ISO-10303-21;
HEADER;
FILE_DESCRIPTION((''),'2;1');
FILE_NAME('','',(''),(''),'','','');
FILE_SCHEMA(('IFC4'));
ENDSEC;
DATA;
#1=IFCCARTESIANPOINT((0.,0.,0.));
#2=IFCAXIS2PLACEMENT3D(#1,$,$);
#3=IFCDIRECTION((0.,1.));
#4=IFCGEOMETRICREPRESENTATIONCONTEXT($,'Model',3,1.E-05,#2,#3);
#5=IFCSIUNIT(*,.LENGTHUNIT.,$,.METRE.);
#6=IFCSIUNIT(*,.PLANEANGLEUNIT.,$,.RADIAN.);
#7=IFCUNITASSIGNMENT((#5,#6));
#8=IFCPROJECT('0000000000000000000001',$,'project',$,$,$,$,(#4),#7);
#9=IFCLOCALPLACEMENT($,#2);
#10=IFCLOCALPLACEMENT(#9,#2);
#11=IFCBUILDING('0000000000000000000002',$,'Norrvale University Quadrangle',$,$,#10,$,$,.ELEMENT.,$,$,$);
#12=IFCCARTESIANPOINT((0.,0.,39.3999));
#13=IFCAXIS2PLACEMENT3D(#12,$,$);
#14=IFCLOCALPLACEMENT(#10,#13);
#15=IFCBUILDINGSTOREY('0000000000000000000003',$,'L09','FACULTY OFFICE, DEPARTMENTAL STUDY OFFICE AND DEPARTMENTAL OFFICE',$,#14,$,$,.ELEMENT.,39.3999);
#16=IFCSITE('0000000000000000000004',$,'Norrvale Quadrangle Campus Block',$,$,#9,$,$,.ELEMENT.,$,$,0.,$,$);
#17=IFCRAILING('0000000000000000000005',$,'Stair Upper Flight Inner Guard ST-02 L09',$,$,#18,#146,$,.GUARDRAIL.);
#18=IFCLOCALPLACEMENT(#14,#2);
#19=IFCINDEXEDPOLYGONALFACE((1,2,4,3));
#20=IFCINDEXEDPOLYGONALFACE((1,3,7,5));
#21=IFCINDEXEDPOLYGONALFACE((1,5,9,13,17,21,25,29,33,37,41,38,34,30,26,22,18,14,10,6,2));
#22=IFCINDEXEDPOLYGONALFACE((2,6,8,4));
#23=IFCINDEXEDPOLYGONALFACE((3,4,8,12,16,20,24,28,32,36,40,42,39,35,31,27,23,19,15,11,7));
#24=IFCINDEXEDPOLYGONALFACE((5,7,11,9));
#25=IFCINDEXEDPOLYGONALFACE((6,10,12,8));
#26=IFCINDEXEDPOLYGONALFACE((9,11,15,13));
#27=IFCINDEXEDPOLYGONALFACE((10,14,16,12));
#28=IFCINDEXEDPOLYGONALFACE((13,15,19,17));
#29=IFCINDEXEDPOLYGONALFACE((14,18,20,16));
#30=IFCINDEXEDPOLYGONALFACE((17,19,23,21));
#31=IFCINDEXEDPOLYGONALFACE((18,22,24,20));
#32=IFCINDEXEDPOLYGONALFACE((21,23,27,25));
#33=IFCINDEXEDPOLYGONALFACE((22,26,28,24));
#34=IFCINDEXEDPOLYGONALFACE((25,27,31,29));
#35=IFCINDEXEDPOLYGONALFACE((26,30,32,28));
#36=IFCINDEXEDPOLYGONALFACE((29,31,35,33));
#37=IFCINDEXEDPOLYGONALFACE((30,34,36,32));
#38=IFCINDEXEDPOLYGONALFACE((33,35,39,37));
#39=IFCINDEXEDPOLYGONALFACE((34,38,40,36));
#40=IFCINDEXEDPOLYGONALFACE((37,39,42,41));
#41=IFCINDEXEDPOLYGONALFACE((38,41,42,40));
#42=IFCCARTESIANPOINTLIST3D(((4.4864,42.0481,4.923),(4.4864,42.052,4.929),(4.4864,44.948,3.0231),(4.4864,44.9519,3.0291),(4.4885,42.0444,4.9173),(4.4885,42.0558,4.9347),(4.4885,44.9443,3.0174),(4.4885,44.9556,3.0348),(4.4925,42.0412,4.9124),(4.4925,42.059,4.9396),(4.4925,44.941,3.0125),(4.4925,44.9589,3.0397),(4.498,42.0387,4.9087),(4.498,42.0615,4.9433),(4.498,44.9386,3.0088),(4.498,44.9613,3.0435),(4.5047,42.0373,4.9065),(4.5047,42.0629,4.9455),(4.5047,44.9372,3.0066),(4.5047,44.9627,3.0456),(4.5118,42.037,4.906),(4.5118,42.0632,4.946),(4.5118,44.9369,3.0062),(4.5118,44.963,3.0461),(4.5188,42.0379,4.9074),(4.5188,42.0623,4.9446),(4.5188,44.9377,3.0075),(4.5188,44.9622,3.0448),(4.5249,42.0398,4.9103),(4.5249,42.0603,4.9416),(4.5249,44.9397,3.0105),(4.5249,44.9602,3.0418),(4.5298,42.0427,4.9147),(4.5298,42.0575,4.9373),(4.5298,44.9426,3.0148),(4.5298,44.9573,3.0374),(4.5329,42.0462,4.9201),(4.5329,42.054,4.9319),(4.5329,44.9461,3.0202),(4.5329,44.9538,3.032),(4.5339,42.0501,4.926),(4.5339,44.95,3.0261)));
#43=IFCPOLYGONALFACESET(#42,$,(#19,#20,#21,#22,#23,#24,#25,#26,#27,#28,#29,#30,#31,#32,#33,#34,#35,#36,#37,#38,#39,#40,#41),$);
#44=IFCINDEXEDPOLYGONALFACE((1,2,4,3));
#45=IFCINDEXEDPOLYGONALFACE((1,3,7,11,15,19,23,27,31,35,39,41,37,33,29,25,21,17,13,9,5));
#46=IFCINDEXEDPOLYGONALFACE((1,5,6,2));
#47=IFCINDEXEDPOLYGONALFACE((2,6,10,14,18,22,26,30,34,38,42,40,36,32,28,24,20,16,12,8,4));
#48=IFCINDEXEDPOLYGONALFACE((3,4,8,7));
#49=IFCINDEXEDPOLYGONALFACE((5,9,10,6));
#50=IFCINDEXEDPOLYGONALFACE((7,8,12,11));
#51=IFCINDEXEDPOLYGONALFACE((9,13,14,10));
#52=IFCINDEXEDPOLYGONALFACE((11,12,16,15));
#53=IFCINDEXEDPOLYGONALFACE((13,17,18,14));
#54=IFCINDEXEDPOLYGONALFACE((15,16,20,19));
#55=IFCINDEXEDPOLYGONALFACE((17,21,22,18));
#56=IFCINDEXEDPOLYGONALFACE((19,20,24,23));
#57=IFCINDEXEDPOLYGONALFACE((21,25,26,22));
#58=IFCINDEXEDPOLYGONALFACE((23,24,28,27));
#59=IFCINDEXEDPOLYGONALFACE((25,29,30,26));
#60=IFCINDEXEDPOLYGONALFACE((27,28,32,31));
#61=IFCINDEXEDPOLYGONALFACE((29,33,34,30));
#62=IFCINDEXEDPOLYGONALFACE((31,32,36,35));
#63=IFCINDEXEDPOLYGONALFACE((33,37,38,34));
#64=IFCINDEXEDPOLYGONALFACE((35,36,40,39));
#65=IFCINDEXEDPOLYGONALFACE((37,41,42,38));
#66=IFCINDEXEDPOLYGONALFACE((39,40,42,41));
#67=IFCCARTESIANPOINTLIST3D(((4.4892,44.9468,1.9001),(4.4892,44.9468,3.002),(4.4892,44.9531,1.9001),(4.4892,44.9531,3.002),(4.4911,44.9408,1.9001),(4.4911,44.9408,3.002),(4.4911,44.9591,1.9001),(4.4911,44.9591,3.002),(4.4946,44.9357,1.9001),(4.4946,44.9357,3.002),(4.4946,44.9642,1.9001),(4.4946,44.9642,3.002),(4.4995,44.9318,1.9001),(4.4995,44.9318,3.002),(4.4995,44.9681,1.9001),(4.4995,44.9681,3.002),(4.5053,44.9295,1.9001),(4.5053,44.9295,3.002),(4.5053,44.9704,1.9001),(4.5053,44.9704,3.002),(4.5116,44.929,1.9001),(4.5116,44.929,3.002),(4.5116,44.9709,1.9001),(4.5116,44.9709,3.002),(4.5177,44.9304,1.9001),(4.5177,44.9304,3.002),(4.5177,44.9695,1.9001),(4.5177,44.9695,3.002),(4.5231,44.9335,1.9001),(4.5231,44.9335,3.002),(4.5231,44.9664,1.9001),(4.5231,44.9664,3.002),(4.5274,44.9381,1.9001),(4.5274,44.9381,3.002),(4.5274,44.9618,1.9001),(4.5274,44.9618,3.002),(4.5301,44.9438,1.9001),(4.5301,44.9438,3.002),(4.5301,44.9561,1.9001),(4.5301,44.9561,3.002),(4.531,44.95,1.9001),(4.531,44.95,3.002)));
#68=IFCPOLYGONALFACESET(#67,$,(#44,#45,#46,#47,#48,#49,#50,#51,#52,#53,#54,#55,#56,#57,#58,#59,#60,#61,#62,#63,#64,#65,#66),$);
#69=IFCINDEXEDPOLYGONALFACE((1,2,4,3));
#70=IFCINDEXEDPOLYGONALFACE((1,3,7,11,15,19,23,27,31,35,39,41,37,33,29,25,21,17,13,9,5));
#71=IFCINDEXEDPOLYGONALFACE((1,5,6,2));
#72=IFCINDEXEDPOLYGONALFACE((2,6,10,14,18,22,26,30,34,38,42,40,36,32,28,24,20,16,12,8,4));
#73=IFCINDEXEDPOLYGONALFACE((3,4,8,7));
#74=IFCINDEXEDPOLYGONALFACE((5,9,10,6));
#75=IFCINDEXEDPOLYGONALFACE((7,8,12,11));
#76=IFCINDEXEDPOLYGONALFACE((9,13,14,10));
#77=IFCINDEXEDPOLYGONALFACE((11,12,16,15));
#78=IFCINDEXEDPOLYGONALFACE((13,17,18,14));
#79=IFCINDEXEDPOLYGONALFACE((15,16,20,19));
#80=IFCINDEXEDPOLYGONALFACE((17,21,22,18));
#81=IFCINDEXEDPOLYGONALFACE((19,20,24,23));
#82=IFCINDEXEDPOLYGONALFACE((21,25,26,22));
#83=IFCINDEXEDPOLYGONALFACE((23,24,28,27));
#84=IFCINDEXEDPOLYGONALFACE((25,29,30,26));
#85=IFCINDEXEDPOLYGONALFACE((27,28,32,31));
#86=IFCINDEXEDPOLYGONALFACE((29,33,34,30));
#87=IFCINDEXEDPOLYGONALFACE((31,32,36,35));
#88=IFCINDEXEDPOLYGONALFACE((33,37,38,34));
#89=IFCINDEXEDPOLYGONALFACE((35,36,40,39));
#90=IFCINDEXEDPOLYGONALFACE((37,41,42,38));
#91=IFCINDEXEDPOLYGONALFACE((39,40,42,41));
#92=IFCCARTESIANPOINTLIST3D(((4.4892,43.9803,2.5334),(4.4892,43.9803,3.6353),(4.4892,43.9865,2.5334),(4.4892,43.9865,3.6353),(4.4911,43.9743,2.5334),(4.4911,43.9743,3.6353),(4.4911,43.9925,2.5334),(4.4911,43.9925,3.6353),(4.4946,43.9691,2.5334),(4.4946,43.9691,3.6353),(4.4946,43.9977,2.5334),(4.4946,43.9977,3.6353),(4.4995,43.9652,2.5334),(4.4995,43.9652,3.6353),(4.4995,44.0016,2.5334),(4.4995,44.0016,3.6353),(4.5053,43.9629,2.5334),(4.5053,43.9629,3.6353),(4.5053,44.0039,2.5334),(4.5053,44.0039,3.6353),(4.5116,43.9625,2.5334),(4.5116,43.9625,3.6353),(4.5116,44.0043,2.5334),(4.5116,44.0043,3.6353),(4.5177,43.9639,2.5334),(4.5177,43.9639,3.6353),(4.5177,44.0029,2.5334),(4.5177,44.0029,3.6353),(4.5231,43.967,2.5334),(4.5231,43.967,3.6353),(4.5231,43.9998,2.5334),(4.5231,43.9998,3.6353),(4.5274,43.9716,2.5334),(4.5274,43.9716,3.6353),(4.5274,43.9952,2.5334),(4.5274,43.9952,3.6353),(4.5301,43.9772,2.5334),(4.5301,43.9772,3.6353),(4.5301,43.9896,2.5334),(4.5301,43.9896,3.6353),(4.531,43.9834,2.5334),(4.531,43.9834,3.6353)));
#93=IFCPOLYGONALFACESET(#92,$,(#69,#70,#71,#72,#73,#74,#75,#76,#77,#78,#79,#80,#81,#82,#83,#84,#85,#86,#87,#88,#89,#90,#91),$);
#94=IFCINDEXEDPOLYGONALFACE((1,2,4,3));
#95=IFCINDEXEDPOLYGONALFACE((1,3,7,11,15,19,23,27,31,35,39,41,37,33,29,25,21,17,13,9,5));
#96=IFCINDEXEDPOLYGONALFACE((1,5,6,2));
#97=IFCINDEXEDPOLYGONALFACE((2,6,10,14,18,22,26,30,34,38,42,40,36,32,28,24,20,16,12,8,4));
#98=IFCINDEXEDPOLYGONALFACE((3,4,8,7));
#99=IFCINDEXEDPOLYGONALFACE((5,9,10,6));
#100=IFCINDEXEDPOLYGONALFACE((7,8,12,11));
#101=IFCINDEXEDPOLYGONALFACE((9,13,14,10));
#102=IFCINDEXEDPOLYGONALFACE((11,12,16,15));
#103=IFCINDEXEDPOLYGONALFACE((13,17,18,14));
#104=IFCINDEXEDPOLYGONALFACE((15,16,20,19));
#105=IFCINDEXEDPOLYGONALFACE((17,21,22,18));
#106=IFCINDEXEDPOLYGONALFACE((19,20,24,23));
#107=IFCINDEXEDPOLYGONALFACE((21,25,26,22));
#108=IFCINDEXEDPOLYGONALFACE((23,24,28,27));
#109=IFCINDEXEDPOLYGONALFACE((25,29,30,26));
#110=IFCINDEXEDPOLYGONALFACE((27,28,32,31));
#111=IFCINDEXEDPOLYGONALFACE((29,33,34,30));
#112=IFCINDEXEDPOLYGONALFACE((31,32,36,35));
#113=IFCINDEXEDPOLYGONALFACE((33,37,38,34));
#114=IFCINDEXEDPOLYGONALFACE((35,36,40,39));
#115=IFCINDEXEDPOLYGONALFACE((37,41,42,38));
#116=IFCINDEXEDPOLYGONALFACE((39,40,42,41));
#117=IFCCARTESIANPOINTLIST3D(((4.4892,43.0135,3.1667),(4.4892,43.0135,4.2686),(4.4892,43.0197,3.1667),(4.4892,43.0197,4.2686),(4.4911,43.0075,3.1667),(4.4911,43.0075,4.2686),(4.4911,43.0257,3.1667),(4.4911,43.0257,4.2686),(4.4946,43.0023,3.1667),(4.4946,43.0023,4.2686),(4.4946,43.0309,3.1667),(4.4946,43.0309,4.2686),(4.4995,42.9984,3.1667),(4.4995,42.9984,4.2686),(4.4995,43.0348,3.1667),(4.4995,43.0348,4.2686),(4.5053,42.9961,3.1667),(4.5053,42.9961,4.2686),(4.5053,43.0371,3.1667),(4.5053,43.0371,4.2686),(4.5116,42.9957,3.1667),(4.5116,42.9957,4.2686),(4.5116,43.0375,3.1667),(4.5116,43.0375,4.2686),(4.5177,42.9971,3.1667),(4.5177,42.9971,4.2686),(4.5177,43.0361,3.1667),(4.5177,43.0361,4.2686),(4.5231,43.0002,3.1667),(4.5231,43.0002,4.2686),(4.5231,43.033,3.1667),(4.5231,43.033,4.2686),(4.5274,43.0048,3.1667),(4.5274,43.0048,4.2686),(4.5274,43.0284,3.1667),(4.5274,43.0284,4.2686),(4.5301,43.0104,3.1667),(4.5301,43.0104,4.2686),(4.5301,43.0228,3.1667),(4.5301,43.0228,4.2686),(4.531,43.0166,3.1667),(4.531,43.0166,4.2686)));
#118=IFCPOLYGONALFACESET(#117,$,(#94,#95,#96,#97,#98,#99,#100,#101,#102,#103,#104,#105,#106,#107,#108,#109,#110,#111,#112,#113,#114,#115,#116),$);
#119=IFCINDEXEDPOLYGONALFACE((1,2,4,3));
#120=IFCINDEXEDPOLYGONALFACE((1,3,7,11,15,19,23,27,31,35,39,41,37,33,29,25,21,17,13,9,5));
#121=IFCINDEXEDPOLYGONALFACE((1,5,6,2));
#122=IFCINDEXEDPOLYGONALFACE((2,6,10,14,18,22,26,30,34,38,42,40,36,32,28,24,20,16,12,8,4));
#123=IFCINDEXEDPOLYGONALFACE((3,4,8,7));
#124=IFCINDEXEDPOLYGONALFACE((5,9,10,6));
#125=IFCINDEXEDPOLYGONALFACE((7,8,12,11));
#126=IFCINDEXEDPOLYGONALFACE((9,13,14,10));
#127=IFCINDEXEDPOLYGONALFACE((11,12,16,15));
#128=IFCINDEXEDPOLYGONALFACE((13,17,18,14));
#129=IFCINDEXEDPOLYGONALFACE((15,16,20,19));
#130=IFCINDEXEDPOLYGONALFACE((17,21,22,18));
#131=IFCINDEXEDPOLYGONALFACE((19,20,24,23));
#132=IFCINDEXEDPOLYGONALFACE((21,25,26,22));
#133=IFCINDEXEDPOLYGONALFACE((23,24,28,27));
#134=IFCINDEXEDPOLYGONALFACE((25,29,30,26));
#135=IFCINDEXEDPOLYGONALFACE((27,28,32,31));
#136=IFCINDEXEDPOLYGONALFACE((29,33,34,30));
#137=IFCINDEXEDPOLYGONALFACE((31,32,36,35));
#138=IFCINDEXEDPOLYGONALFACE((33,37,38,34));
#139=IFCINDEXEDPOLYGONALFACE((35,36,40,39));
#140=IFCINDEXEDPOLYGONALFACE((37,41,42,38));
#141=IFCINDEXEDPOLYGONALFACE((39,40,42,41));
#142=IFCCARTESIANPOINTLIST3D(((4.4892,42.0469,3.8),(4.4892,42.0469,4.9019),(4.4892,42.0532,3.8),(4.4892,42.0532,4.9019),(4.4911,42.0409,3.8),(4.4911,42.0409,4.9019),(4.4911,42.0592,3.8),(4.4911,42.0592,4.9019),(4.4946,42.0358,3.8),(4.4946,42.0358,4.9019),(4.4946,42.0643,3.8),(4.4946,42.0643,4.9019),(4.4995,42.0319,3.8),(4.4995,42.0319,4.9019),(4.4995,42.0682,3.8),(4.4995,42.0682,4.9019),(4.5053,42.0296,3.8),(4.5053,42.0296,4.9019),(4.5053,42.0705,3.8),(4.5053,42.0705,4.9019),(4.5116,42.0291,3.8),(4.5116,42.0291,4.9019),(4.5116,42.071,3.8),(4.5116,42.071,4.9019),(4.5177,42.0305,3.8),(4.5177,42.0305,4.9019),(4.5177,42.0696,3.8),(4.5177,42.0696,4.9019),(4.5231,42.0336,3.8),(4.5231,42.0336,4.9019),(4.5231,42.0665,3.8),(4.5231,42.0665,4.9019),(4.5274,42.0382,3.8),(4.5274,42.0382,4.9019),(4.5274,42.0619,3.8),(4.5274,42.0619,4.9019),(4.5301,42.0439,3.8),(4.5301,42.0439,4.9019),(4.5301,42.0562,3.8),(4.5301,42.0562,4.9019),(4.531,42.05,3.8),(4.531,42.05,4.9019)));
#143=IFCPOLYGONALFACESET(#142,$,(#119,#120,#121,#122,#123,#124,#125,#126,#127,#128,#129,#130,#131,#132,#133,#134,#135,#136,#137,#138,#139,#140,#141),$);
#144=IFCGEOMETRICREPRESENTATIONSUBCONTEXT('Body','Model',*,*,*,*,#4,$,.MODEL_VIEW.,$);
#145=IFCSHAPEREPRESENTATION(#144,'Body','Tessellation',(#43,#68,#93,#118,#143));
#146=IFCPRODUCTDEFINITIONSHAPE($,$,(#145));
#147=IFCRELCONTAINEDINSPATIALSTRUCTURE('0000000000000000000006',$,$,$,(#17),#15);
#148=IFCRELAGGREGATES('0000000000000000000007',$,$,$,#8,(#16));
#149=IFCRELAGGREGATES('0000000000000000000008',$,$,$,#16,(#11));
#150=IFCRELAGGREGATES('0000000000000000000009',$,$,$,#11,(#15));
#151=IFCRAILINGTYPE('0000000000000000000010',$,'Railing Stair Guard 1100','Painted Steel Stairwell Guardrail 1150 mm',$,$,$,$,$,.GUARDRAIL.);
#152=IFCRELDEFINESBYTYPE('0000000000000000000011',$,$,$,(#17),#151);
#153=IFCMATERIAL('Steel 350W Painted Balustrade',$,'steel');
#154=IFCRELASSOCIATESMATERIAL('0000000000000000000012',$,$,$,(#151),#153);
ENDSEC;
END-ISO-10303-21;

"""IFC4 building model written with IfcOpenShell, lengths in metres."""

from ifc_helpers import new_model, si_unit, direction, frame, origin, origin_2d, place, context, subcontext, project, spatial, circle, extrude, material, type_object, element, save


model = new_model("IFC4")

# Units and contexts
model_context = context("Model", 3, precision=1e-05, world=origin(), true_north=direction((0.0, 1.0)))
body_context = subcontext(model_context, "Body", "Model", "MODEL_VIEW")
ifc_project = project(units=[si_unit("LENGTHUNIT", "METRE"), si_unit("PLANEANGLEUNIT", "RADIAN")], contexts=[model_context])

# Site, building, storey
site_placement = place(None, origin())
site = spatial("IfcSite", under=ifc_project, at=site_placement, Name="Norrvale Quadrangle Campus Block", CompositionType="ELEMENT", RefElevation=0.0)
building_placement = place(site_placement, origin())
building = spatial("IfcBuilding", under=site, at=building_placement, Name="Norrvale University Quadrangle", CompositionType="ELEMENT")
storey_placement = place(building_placement, frame((0.0, 0.0, 39.3999)))
storey = spatial("IfcBuildingStorey", under=building, at=storey_placement, Name="L09", Description="FACULTY OFFICE, DEPARTMENTAL STUDY OFFICE AND DEPARTMENTAL OFFICE", CompositionType="ELEMENT", Elevation=39.3999)

# Railing
ifc_material_1 = material(Name="Steel 350W Painted Balustrade", Category="steel")
railing_type_1 = type_object("IfcRailingType", Name="Railing Stair Guard 1100", Description="Painted Steel Stairwell Guardrail 1150 mm", PredefinedType="GUARDRAIL", material=ifc_material_1)
railing_1_placement = place(storey_placement, frame((4.51, 44.95, 1.9001)))
element("IfcRailing", 1, at=railing_1_placement, inside=storey, type_object=railing_type_1, Name="Stair Upper Flight Inner Guard ST-02 L09", PredefinedType="GUARDRAIL", context=body_context, shape_type="SweptSolid", body=[
    extrude(circle(Radius=0.0239, at=origin_2d()), frame((0.0, 0.0, 1.126), z_axis=(0.0, -0.836466, 0.548019), x_axis=(1.0, 0.0, 0.0)), (0.0, 0.0, 1.0), 3.4668),
    extrude(circle(Radius=0.021, at=origin_2d()), origin(), (0.0, 0.0, 1.0), 1.1018),
    extrude(circle(Radius=0.021, at=origin_2d()), frame((0.0, -0.9666, 0.6333)), (0.0, 0.0, 1.0), 1.1018),
    extrude(circle(Radius=0.021, at=origin_2d()), frame((0.0, -1.9333, 1.2666)), (0.0, 0.0, 1.0), 1.1018),
    extrude(circle(Radius=0.021, at=origin_2d()), frame((0.0, -2.8999, 1.8999)), (0.0, 0.0, 1.0), 1.1018),
])

save(model, "model.ifc")
